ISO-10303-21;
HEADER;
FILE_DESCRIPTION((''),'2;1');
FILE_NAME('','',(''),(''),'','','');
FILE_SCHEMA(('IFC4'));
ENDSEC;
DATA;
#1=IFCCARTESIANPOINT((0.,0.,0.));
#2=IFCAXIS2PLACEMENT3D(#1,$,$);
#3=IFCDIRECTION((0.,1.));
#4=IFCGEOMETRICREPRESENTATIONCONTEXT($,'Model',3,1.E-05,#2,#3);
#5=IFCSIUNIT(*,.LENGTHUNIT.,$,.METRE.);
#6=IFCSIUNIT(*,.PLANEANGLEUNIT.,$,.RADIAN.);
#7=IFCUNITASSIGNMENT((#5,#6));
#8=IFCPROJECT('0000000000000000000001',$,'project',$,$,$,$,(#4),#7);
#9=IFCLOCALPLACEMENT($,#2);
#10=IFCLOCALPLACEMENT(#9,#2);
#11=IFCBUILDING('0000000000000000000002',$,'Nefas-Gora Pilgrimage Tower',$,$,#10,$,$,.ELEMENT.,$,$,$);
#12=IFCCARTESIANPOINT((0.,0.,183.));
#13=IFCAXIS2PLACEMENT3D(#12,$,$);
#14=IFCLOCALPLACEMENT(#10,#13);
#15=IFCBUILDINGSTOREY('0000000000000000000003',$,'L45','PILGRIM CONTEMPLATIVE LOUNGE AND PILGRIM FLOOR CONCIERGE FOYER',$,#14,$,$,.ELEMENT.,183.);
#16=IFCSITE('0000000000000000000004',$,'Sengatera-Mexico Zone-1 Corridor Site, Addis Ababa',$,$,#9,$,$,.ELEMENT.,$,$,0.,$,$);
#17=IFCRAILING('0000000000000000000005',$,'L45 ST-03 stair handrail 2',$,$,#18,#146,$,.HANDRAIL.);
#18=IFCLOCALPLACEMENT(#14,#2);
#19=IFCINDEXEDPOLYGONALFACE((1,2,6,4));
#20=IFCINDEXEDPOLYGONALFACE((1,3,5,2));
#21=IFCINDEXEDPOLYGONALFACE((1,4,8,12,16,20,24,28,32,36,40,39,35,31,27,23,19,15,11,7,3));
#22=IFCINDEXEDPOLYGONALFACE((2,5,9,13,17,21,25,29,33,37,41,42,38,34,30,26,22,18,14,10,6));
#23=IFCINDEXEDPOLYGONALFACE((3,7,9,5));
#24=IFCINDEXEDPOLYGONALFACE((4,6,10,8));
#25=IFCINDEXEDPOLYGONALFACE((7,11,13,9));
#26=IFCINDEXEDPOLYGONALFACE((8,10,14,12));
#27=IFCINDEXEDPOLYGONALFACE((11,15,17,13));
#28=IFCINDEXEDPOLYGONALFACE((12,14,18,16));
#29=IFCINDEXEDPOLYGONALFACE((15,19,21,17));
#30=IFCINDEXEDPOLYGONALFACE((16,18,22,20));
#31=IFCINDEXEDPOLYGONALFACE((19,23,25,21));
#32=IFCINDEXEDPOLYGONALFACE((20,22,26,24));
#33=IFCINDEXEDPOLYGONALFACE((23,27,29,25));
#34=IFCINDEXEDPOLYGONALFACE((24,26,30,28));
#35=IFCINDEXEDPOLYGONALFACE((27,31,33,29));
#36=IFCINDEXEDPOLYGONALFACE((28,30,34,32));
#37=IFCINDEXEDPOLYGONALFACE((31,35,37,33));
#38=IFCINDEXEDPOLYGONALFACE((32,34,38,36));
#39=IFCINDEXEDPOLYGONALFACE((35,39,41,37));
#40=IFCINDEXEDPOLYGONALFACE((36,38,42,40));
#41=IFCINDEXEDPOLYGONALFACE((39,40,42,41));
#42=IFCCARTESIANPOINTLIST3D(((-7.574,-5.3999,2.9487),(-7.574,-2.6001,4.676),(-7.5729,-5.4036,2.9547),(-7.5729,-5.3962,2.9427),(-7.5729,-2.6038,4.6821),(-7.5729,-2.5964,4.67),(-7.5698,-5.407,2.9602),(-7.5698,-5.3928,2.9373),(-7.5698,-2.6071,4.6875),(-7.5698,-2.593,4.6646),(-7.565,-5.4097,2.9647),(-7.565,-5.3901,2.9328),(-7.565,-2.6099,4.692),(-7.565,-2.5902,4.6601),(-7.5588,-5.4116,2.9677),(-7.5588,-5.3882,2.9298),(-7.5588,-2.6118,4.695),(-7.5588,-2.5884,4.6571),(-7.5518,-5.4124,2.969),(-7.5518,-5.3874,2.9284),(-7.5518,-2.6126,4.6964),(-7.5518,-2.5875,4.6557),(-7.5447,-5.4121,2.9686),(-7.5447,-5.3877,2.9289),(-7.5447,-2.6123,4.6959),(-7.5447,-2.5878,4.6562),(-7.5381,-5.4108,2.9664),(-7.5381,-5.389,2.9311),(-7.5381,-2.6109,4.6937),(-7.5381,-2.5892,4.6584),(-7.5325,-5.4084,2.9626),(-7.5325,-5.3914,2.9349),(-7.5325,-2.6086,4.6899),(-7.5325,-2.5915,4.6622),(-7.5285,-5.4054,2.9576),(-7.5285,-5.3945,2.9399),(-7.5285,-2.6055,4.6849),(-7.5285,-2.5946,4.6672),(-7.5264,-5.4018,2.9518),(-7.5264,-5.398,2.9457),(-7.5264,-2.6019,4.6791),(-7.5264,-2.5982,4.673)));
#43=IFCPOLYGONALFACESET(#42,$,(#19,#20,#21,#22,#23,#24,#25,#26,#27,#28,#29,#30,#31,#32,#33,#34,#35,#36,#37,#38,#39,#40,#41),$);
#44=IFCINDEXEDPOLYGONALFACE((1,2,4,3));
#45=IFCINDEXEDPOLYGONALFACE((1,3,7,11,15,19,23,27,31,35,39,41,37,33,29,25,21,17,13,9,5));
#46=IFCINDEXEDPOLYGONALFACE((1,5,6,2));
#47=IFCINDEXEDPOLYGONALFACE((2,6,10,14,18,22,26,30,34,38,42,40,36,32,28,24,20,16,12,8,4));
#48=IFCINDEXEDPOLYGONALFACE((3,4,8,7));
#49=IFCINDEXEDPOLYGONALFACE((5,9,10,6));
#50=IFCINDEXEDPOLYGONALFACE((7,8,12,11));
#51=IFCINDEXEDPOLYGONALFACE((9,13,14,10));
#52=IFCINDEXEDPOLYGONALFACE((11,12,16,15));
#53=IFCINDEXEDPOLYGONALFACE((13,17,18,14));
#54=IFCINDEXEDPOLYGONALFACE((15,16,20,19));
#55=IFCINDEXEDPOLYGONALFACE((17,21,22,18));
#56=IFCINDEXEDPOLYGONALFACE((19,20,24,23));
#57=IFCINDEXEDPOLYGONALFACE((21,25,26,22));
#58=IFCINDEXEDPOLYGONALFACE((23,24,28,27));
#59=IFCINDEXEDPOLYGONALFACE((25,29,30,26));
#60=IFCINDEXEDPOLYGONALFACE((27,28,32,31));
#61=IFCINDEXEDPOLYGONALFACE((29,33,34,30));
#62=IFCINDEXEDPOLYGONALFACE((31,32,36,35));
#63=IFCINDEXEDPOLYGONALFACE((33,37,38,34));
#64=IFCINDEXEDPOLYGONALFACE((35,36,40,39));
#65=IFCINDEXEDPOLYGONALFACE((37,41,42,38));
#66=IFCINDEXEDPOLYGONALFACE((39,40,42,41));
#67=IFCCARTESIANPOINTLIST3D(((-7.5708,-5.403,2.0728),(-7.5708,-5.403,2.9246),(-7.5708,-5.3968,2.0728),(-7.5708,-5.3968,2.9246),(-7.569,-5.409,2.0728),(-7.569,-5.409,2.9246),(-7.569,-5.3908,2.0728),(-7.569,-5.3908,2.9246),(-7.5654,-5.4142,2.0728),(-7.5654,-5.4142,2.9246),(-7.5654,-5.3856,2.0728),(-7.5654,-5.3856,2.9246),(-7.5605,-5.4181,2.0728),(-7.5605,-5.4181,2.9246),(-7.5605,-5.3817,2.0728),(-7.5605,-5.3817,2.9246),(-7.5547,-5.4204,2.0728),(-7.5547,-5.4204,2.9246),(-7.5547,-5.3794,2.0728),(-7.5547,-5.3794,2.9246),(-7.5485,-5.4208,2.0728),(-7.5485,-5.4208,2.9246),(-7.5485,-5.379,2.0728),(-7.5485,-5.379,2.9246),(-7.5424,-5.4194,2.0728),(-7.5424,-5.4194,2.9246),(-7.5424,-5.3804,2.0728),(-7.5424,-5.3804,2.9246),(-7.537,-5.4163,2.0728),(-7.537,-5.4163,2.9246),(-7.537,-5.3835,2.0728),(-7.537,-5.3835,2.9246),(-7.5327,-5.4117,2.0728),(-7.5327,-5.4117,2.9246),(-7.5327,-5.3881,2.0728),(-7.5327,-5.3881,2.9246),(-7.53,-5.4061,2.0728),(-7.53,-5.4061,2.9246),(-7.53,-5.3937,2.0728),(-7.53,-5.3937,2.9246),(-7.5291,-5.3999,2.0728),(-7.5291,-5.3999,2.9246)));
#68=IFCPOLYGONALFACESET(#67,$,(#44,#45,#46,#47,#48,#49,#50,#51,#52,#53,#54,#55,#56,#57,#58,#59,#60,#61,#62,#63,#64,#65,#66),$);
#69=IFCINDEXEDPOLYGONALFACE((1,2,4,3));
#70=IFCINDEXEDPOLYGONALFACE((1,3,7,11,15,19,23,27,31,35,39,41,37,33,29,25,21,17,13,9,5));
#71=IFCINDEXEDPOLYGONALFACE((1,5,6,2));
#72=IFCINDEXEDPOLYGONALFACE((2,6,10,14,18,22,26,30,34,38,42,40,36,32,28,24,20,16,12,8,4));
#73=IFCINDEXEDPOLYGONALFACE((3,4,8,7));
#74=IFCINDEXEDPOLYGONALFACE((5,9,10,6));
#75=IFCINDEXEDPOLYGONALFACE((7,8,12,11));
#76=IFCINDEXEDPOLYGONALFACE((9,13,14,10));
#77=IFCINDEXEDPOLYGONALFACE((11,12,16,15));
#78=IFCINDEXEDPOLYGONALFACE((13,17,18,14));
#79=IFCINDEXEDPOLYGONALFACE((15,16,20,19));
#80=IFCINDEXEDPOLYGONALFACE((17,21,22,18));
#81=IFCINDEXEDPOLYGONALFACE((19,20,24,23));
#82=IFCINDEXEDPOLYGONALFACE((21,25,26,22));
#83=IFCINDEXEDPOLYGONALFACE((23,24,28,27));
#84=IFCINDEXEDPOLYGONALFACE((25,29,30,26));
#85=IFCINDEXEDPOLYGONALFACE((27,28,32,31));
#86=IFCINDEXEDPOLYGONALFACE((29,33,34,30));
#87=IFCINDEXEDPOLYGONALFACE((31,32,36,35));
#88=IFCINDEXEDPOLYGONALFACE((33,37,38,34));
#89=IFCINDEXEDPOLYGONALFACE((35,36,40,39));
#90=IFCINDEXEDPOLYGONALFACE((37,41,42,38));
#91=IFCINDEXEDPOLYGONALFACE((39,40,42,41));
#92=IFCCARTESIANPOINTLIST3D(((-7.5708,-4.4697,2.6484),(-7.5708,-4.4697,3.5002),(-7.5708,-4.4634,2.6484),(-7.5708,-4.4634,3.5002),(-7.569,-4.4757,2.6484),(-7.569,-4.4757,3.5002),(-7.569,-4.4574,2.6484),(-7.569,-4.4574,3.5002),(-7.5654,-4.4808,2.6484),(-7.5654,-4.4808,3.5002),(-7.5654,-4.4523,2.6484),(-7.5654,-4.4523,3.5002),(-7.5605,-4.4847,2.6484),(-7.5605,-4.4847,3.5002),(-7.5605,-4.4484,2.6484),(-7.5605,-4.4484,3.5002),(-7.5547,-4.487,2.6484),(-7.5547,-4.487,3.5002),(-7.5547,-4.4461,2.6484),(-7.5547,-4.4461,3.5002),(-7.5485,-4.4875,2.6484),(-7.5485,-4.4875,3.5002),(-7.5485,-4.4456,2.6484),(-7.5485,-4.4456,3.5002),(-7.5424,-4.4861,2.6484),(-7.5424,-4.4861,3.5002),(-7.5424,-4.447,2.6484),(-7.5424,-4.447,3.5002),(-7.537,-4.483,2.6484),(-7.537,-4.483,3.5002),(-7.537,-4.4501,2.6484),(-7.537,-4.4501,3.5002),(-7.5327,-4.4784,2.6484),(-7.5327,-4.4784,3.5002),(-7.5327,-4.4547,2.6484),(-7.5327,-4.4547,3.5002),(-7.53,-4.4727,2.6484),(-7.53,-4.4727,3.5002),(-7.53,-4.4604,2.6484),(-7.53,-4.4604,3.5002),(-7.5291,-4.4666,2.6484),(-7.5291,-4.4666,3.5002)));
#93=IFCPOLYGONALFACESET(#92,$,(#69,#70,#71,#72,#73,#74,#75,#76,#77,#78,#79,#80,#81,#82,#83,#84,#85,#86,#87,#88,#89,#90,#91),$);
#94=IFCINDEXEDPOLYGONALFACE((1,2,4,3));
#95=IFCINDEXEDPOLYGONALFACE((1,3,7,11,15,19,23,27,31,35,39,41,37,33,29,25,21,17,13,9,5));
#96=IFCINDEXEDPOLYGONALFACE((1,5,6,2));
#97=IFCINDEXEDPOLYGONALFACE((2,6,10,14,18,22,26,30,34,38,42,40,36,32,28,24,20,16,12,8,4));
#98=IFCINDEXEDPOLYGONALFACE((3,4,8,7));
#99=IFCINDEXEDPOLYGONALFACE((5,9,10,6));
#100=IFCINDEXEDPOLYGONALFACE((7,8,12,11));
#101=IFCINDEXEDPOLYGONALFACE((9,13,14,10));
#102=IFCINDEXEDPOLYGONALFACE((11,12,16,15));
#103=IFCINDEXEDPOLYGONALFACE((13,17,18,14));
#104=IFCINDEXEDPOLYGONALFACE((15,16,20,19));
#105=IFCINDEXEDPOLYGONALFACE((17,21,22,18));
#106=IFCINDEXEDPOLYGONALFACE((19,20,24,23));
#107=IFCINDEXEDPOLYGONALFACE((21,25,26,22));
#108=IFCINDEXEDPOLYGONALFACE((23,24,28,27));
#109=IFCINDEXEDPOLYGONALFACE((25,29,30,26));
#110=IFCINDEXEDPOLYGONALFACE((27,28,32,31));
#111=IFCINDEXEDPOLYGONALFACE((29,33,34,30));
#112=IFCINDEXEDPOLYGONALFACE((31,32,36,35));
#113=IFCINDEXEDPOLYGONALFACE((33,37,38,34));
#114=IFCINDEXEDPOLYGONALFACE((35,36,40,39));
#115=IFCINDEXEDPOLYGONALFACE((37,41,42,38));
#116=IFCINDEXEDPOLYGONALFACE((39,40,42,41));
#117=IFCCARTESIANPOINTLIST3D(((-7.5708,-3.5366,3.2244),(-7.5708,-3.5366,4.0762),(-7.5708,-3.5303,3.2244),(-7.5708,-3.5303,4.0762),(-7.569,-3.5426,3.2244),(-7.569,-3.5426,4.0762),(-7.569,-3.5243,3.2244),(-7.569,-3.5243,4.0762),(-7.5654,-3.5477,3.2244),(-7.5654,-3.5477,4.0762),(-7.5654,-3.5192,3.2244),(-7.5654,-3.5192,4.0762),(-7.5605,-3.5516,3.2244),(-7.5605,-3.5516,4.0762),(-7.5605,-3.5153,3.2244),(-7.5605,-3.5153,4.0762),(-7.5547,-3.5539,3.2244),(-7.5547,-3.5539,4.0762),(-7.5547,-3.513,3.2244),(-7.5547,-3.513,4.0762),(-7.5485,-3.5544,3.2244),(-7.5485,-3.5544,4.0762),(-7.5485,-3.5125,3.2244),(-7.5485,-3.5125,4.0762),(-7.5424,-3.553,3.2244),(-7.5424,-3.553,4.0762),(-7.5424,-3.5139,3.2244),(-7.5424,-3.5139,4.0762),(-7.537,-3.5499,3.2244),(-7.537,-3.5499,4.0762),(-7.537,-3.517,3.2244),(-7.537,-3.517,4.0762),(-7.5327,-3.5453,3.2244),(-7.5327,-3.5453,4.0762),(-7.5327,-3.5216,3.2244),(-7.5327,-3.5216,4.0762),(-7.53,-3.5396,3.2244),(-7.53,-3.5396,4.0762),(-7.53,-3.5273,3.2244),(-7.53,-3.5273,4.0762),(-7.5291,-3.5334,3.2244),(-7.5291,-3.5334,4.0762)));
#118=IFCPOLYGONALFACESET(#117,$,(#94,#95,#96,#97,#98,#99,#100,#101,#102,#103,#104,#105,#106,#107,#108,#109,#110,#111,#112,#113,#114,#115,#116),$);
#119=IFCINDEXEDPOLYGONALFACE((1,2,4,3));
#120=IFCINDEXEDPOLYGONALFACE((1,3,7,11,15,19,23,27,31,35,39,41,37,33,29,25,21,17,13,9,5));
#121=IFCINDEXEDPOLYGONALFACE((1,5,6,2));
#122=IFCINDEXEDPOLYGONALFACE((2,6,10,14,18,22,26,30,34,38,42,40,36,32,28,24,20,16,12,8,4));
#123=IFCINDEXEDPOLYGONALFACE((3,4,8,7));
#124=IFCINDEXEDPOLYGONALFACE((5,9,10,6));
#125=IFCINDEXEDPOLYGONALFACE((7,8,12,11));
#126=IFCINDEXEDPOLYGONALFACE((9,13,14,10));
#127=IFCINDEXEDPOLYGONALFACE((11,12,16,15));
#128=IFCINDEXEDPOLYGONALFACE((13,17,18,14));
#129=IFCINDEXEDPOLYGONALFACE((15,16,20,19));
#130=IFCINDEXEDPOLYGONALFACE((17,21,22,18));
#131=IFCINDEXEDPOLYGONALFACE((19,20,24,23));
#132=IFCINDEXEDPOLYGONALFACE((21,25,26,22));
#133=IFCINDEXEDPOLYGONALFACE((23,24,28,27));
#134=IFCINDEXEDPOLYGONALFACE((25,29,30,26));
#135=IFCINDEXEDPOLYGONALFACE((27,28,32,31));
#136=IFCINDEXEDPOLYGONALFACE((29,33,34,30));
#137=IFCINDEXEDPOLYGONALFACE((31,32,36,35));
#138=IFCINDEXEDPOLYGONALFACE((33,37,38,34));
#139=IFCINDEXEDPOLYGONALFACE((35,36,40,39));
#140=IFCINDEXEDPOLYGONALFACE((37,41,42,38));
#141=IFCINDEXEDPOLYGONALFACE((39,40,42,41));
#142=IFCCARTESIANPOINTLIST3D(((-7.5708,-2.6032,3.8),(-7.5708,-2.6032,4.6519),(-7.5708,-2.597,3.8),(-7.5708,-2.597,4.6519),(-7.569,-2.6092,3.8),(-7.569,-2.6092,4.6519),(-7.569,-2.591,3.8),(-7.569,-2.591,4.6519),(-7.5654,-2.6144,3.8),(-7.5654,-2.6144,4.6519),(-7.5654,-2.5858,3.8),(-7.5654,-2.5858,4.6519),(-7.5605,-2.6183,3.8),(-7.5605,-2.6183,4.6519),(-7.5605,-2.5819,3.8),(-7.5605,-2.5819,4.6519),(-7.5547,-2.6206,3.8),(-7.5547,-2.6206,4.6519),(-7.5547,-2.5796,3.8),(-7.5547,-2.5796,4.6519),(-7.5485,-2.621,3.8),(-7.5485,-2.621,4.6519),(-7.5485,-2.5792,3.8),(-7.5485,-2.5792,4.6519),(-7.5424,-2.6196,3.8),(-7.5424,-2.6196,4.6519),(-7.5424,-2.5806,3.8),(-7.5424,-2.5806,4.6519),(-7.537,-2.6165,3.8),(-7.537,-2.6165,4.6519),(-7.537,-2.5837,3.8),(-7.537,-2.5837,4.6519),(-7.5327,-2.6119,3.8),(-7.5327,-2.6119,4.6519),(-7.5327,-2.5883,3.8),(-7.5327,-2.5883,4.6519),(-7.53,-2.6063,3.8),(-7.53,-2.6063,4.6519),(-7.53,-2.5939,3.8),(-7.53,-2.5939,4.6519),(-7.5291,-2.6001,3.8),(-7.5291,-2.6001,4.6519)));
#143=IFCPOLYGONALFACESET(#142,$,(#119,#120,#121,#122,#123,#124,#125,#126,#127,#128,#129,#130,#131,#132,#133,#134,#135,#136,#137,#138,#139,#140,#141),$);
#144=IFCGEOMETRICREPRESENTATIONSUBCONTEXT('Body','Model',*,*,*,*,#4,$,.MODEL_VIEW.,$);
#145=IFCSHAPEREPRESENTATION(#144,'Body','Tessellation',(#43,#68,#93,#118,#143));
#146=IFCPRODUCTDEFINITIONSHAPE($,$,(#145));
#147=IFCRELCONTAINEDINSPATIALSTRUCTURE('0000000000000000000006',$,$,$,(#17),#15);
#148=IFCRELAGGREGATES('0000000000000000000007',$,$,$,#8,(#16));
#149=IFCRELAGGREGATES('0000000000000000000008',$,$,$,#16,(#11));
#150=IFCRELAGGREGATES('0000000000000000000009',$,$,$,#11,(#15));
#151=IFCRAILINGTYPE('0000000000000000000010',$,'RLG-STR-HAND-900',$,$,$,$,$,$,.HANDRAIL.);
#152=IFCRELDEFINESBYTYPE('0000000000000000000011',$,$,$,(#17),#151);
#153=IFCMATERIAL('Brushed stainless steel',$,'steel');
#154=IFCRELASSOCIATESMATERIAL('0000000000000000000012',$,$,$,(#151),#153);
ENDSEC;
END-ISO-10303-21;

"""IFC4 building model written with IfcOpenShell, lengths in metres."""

from ifc_helpers import new_model, si_unit, direction, frame, origin, origin_2d, place, context, subcontext, project, spatial, circle, extrude, material, type_object, element, save


model = new_model("IFC4")

# Units and contexts
model_context = context("Model", 3, precision=1e-05, world=origin(), true_north=direction((0.0, 1.0)))
body_context = subcontext(model_context, "Body", "Model", "MODEL_VIEW")
ifc_project = project(units=[si_unit("LENGTHUNIT", "METRE"), si_unit("PLANEANGLEUNIT", "RADIAN")], contexts=[model_context])

# Site, building, storey
site_placement = place(None, origin())
site = spatial("IfcSite", under=ifc_project, at=site_placement, Name="Sengatera-Mexico Zone-1 Corridor Site, Addis Ababa", CompositionType="ELEMENT", RefElevation=0.0)
building_placement = place(site_placement, origin())
building = spatial("IfcBuilding", under=site, at=building_placement, Name="Nefas-Gora Pilgrimage Tower", CompositionType="ELEMENT")
storey_placement = place(building_placement, frame((0.0, 0.0, 183.0)))
storey = spatial("IfcBuildingStorey", under=building, at=storey_placement, Name="L45", Description="PILGRIM CONTEMPLATIVE LOUNGE AND PILGRIM FLOOR CONCIERGE FOYER", CompositionType="ELEMENT", Elevation=183.0)

# Railing
ifc_material_1 = material(Name="Brushed stainless steel", Category="steel")
railing_type_1 = type_object("IfcRailingType", Name="RLG-STR-HAND-900", PredefinedType="HANDRAIL", material=ifc_material_1)
railing_1_placement = place(storey_placement, frame((-7.55, -5.3999, 2.0728)))
element("IfcRailing", 1, at=railing_1_placement, inside=storey, type_object=railing_type_1, Name="L45 ST-03 stair handrail 2", PredefinedType="HANDRAIL", context=body_context, shape_type="SweptSolid", body=[
    extrude(circle(Radius=0.0239, at=origin_2d()), frame((0.0, 0.0, 0.876), z_axis=(0.0, 0.851069, 0.525054), x_axis=(-1.0, 0.0, 0.0)), (0.0, 0.0, 1.0), 3.2898),
    extrude(circle(Radius=0.021, at=origin_2d()), origin(), (0.0, 0.0, 1.0), 0.8518),
    extrude(circle(Radius=0.021, at=origin_2d()), frame((0.0, 0.9333, 0.5757)), (0.0, 0.0, 1.0), 0.8518),
    extrude(circle(Radius=0.021, at=origin_2d()), frame((0.0, 1.8665, 1.1516)), (0.0, 0.0, 1.0), 0.8518),
    extrude(circle(Radius=0.021, at=origin_2d()), frame((0.0, 2.7998, 1.7273)), (0.0, 0.0, 1.0), 0.8518),
])

save(model, "model.ifc")
